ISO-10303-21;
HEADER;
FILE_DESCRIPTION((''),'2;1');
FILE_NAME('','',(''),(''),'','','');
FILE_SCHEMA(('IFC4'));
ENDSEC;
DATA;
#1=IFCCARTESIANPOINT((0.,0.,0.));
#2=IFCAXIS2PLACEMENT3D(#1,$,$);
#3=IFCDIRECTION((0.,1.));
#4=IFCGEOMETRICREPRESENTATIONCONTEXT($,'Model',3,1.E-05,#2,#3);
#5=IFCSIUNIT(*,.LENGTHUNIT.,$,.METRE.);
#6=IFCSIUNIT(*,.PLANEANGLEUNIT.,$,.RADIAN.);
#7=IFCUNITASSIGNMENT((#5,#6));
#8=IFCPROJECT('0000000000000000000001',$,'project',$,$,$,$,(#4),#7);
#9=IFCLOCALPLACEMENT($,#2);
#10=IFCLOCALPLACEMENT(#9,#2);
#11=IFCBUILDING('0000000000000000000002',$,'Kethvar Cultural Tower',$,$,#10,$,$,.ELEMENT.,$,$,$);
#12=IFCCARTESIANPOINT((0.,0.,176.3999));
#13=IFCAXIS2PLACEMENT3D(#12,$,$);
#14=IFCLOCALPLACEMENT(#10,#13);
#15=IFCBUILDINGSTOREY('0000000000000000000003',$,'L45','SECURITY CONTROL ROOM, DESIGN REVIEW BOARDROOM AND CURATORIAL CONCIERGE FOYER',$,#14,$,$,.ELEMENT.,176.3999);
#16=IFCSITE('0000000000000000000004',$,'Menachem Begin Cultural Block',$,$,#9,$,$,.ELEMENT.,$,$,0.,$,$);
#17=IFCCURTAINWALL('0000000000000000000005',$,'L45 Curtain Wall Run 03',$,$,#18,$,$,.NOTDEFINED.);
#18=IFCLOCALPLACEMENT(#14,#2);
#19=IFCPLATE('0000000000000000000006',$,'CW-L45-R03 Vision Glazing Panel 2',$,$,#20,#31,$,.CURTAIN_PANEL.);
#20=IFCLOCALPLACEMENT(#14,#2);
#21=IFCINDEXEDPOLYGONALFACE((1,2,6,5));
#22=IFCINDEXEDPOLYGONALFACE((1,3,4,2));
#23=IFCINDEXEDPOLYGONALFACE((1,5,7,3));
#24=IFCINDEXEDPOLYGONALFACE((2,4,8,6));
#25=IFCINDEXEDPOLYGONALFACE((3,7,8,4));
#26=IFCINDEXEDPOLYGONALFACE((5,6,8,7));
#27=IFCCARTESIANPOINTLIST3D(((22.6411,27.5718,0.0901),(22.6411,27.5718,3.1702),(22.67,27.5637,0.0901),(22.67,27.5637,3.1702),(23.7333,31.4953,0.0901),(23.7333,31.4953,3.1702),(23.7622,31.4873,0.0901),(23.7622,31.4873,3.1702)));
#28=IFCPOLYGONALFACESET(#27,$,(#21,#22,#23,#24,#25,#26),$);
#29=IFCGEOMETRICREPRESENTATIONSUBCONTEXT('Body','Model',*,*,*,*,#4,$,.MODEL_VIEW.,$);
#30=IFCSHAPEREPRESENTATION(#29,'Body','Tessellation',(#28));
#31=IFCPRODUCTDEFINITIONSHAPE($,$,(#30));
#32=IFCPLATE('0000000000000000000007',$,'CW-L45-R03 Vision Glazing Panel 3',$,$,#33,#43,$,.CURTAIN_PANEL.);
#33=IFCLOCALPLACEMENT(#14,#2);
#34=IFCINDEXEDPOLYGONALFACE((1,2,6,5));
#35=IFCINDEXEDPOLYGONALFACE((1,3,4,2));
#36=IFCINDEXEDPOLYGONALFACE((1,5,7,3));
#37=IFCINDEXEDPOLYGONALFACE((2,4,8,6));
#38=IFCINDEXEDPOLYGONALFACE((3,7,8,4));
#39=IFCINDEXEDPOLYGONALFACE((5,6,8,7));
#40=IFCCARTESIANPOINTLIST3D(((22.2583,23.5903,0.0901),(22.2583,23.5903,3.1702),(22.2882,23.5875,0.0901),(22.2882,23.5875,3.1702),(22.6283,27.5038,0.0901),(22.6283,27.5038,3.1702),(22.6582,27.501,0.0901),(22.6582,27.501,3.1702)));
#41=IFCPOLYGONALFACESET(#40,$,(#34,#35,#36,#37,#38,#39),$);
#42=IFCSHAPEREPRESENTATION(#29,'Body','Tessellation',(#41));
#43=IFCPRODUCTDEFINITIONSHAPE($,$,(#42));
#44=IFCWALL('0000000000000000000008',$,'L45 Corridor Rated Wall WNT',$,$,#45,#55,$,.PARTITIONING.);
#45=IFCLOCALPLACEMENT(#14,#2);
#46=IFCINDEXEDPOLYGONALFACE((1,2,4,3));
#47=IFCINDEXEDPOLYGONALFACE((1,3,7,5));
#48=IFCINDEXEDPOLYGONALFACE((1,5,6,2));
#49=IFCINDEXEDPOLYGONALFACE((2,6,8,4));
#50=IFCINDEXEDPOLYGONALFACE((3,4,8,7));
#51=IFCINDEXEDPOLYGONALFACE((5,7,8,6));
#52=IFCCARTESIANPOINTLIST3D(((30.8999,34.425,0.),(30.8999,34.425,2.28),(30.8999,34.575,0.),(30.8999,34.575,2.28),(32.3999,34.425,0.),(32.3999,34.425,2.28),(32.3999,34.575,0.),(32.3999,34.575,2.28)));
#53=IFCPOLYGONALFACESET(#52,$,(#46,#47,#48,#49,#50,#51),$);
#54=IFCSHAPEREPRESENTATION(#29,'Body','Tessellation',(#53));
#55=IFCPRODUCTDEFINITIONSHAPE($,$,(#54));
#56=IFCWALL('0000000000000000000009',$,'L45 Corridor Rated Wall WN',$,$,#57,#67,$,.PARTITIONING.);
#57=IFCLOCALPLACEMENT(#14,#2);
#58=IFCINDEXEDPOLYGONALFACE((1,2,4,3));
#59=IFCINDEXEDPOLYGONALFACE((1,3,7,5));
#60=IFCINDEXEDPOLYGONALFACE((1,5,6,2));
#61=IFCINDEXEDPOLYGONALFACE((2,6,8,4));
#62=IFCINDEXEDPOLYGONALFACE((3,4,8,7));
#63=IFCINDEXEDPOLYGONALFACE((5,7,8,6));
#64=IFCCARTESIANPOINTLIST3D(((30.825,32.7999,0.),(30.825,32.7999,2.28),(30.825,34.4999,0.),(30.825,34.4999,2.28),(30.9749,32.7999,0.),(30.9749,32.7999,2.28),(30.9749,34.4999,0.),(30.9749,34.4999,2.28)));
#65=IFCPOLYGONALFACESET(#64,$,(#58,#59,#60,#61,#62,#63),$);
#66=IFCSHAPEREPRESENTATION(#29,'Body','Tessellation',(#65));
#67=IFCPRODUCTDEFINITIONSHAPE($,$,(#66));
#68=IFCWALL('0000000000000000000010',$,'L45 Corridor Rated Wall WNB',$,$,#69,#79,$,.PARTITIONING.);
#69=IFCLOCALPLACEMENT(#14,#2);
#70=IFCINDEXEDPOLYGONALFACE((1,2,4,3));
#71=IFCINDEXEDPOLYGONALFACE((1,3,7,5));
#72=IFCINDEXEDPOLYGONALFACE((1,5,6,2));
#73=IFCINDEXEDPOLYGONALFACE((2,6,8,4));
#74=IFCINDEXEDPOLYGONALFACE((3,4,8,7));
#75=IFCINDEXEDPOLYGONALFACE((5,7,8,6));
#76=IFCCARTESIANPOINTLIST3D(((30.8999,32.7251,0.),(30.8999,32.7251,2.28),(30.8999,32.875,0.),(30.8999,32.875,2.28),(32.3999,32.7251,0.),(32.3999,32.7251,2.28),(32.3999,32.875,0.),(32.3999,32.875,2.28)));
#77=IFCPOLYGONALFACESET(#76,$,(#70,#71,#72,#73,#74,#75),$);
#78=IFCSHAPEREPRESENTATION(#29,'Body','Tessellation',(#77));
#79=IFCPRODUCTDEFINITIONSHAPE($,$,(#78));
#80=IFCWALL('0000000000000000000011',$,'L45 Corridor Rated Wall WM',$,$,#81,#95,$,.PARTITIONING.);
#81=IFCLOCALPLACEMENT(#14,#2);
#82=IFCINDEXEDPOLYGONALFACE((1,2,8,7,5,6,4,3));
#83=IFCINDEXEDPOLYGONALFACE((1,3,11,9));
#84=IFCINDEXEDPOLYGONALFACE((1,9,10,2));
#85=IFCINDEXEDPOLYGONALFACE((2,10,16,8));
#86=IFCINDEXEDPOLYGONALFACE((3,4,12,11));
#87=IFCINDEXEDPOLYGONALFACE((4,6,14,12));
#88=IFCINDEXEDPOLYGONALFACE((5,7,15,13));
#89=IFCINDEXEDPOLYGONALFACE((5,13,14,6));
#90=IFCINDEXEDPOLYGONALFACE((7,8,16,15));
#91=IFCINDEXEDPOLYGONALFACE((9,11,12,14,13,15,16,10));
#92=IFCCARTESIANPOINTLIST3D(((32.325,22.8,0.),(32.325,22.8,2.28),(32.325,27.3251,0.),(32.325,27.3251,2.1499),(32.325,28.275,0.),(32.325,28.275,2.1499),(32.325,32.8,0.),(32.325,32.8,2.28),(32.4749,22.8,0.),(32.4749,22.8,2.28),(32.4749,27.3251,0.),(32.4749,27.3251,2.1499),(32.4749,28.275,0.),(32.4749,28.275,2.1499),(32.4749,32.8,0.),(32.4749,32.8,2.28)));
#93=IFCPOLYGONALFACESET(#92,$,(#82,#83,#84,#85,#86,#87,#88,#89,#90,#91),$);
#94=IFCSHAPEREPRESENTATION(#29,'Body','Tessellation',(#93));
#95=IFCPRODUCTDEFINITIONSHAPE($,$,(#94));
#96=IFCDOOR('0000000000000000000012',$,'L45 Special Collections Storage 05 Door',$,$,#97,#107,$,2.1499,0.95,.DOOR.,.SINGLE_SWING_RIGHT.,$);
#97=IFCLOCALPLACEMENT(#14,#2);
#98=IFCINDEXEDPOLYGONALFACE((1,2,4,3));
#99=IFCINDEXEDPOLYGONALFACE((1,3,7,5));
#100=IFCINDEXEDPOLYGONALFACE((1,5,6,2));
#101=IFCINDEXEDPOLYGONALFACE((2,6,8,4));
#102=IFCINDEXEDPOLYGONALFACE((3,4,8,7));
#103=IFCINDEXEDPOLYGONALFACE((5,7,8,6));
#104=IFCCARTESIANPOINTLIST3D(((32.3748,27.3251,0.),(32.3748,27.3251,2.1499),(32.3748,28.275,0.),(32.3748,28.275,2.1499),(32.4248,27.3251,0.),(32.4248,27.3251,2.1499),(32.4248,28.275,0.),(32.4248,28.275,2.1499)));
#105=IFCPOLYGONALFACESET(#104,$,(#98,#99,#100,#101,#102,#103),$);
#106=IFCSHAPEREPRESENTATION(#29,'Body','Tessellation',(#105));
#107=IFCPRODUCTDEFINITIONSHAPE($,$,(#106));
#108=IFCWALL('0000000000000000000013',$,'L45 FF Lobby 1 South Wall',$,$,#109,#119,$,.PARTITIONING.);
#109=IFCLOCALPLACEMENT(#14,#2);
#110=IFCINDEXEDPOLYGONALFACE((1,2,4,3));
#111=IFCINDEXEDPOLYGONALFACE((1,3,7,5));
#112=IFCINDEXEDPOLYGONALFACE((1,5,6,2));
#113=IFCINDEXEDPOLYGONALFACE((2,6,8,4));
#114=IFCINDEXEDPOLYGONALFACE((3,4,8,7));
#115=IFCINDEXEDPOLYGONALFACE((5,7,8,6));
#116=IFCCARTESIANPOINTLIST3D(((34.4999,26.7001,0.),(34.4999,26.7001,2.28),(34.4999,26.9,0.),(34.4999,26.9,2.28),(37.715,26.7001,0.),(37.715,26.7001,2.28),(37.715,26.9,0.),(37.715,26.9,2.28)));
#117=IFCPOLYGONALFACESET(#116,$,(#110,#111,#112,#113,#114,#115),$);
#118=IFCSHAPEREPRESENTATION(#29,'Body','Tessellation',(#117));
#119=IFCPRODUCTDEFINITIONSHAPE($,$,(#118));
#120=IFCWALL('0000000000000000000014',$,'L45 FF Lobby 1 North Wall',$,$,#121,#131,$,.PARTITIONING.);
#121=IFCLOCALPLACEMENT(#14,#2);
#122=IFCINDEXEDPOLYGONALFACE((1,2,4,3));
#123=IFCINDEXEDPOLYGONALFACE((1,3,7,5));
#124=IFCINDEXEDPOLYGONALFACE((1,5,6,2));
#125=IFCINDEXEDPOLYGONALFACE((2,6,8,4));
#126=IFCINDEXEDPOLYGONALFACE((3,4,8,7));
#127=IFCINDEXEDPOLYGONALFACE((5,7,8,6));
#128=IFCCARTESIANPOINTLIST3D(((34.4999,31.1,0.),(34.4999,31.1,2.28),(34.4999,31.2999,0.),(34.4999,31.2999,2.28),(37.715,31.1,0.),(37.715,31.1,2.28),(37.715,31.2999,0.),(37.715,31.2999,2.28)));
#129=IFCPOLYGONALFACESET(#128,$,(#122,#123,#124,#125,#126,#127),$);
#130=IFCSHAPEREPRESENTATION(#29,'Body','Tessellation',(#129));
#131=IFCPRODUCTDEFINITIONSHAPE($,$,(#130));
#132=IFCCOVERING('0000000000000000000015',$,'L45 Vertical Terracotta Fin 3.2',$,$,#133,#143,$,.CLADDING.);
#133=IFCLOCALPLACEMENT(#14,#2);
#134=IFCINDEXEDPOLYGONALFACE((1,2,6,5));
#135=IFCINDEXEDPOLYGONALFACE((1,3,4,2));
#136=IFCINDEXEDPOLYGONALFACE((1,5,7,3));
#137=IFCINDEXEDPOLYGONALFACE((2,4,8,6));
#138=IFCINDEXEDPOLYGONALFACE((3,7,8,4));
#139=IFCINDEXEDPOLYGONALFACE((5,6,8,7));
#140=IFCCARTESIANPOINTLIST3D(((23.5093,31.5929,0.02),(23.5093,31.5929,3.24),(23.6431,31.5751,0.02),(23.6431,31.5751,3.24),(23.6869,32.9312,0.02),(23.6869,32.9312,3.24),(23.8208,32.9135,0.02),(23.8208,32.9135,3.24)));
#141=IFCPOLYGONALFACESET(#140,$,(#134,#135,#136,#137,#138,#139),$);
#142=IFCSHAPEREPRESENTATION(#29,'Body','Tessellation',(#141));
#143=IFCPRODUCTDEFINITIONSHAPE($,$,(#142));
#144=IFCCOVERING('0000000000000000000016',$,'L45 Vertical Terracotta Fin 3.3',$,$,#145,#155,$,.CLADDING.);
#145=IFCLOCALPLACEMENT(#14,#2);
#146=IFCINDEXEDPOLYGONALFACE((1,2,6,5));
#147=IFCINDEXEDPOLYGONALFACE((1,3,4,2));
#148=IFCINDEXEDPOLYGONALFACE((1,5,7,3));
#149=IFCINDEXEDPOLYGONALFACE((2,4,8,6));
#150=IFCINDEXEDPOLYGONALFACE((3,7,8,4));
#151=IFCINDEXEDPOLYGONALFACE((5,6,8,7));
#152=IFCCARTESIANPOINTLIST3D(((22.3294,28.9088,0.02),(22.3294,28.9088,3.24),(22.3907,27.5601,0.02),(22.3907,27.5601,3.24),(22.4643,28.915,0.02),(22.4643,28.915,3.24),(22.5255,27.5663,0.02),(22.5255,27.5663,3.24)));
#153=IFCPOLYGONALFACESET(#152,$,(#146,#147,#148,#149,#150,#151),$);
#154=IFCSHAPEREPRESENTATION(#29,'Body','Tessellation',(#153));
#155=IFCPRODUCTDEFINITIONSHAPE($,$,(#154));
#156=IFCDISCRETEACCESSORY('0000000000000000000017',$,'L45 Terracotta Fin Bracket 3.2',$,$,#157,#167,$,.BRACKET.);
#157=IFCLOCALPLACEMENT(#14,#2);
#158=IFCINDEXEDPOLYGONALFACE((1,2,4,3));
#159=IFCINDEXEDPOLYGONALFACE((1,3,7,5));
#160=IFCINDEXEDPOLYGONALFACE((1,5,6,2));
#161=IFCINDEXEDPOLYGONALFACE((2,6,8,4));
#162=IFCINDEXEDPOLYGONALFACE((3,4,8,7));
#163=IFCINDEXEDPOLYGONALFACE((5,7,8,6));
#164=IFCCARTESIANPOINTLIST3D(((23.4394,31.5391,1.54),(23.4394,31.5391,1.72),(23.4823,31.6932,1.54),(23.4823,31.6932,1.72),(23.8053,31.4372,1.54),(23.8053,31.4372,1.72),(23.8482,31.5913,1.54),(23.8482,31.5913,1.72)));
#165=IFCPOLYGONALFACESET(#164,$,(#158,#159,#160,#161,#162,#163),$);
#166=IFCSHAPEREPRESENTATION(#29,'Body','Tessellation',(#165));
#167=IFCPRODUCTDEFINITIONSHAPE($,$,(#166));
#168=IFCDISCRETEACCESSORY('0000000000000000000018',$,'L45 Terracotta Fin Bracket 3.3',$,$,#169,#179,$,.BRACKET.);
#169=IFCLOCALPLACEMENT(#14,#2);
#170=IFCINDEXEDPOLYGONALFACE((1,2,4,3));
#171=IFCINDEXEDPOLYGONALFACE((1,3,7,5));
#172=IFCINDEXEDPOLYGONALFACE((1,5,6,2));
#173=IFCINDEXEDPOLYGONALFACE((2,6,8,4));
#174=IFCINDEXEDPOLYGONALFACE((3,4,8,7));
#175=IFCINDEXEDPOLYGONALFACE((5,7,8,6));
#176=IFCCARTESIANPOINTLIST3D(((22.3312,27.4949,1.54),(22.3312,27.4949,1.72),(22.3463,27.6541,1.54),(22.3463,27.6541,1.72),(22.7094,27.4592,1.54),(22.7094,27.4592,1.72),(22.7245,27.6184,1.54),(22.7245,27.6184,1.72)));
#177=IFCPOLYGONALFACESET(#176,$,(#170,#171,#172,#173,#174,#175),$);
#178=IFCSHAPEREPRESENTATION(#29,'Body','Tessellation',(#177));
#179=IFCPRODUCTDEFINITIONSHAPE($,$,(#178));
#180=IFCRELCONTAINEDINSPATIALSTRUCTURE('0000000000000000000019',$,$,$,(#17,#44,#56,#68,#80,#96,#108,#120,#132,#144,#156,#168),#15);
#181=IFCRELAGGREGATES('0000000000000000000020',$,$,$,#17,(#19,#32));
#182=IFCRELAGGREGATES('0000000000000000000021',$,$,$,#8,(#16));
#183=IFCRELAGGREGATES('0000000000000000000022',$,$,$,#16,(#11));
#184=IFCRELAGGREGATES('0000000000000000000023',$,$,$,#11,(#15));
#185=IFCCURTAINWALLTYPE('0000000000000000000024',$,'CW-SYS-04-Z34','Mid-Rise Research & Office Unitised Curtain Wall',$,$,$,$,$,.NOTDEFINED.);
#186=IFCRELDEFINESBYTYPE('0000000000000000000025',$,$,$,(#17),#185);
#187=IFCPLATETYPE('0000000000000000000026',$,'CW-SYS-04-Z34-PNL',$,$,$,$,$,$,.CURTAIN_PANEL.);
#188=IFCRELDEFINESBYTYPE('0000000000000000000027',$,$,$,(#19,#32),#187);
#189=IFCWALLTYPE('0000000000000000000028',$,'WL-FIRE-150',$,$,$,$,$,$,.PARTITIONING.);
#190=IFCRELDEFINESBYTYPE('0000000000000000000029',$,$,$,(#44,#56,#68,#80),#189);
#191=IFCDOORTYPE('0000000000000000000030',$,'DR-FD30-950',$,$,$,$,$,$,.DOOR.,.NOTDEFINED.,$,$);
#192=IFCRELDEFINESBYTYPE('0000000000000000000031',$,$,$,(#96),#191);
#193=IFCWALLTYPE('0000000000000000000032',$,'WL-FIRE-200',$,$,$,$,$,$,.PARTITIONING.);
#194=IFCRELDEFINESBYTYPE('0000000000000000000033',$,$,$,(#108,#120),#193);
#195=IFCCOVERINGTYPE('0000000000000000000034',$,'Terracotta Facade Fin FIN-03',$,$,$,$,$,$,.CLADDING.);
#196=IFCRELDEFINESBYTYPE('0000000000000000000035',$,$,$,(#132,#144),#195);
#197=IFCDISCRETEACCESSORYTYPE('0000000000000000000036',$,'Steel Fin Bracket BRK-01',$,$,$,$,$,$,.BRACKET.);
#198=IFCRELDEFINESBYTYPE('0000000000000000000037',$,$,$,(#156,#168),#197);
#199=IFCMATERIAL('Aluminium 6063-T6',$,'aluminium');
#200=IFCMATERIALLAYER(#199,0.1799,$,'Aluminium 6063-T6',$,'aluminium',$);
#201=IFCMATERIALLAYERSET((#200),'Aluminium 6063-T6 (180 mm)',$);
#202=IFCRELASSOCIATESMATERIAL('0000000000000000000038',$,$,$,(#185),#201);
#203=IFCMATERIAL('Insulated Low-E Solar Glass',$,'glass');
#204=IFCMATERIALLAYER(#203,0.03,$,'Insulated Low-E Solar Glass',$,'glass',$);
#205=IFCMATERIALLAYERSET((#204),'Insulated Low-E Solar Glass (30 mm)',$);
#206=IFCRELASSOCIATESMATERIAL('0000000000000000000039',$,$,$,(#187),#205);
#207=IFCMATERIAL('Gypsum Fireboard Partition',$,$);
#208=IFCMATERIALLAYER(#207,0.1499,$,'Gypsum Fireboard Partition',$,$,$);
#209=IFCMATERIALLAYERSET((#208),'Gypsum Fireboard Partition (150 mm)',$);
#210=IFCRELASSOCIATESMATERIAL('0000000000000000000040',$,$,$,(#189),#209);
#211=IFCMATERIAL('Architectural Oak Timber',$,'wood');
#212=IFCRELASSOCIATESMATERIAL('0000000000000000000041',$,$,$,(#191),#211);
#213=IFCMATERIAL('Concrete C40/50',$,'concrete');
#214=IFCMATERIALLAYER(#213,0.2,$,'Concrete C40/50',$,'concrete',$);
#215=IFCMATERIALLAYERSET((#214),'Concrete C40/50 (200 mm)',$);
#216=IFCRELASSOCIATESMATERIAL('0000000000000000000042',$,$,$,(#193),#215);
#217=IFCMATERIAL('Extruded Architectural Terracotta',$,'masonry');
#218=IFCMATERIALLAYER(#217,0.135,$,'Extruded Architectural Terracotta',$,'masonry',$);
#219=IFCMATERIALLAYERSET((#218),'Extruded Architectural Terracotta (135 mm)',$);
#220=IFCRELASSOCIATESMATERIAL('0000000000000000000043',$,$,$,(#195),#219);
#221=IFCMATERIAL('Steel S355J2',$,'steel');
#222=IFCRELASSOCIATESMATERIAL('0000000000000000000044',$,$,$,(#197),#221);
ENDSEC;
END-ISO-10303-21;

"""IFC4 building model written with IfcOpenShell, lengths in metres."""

from ifc_helpers import new_model, si_unit, direction, frame, frame_2d, origin, origin_2d, place, context, subcontext, project, spatial, rectangle, extrude, source, transform, mapped, material, layer, layer_set, type_object, element, fill, aggregate, save


model = new_model("IFC4")

# Units and contexts
model_context = context("Model", 3, precision=1e-05, world=origin(), true_north=direction((0.0, 1.0)))
body_context = subcontext(model_context, "Body", "Model", "MODEL_VIEW")
ifc_project = project(units=[si_unit("LENGTHUNIT", "METRE"), si_unit("PLANEANGLEUNIT", "RADIAN")], contexts=[model_context])

# Site, building, storey
site_placement = place(None, origin())
site = spatial("IfcSite", under=ifc_project, at=site_placement, Name="Menachem Begin Cultural Block", CompositionType="ELEMENT", RefElevation=0.0)
building_placement = place(site_placement, origin())
building = spatial("IfcBuilding", under=site, at=building_placement, Name="Kethvar Cultural Tower", CompositionType="ELEMENT")
storey_placement = place(building_placement, frame((0.0, 0.0, 176.3999)))
storey = spatial("IfcBuildingStorey", under=building, at=storey_placement, Name="L45", Description="SECURITY CONTROL ROOM, DESIGN REVIEW BOARDROOM AND CURATORIAL CONCIERGE FOYER", CompositionType="ELEMENT", Elevation=176.3999)

# Shared definitions
ifc_material_1 = material(Name="Steel S355J2", Category="steel")

# Curtain wall, plates
ifc_material_2 = material(Name="Aluminium 6063-T6", Category="aluminium")
ifc_layer_1 = layer(ifc_material_2, 0.1799, Name="Aluminium 6063-T6", Category="aluminium")
ifc_layer_set_1 = layer_set([ifc_layer_1], Name="Aluminium 6063-T6 (180 mm)")
curtain_wall_type = type_object("IfcCurtainWallType", Name="CW-SYS-04-Z34", Description="Mid-Rise Research & Office Unitised Curtain Wall", PredefinedType="NOTDEFINED", material=ifc_layer_set_1)
curtain_wall_placement = place(storey_placement, origin())
curtain_wall = element("IfcCurtainWall", 1, at=curtain_wall_placement, inside=storey, type_object=curtain_wall_type, Name="L45 Curtain Wall Run 03", PredefinedType="NOTDEFINED")
ifc_material_3 = material(Name="Insulated Low-E Solar Glass", Category="glass")
ifc_layer_2 = layer(ifc_material_3, 0.03, Name="Insulated Low-E Solar Glass", Category="glass")
ifc_layer_set_2 = layer_set([ifc_layer_2], Name="Insulated Low-E Solar Glass (30 mm)")
plate_type = type_object("IfcPlateType", Name="CW-SYS-04-Z34-PNL", PredefinedType="CURTAIN_PANEL", material=ifc_layer_set_2)
shared_shape_1 = source(origin(), body_context, "Body", "SweptSolid", [
    extrude(rectangle(XDim=4.0728, YDim=0.03, at=origin_2d()), origin(), (0.0, 0.0, 1.0), 3.0801),
])
plate_1_placement = place(storey_placement, frame((23.2017, 29.5295, 0.0901), z_axis=(0.0, 0.0, 1.0), x_axis=(-0.26818, -0.963369, 0.0)))
plate_1 = element("IfcPlate", 2, at=plate_1_placement, type_object=plate_type, Name="CW-L45-R03 Vision Glazing Panel 2", PredefinedType="CURTAIN_PANEL", context=body_context, shape_type="MappedRepresentation", body=[
    mapped(shared_shape_1, transform((0.0, 0.0, 0.0), scale=1.0)),
])
shared_shape_2 = source(origin(), body_context, "Body", "SweptSolid", [
    extrude(rectangle(XDim=3.9309, YDim=0.03, at=origin_2d()), origin(), (0.0, 0.0, 1.0), 3.0801),
])
plate_2_placement = place(storey_placement, frame((22.4583, 25.5457, 0.0901), z_axis=(0.0, 0.0, 1.0), x_axis=(-0.094143, -0.995559, 0.0)))
plate_2 = element("IfcPlate", 3, at=plate_2_placement, type_object=plate_type, Name="CW-L45-R03 Vision Glazing Panel 3", PredefinedType="CURTAIN_PANEL", context=body_context, shape_type="MappedRepresentation", body=[
    mapped(shared_shape_2, transform((0.0, 0.0, 0.0), scale=1.0)),
])
aggregate(curtain_wall, [plate_1, plate_2])

# Walls
ifc_material_4 = material(Name="Gypsum Fireboard Partition")
ifc_layer_3 = layer(ifc_material_4, 0.1499, Name="Gypsum Fireboard Partition")
ifc_layer_set_3 = layer_set([ifc_layer_3], Name="Gypsum Fireboard Partition (150 mm)")
wall_type_1 = type_object("IfcWallType", Name="WL-FIRE-150", PredefinedType="PARTITIONING", material=ifc_layer_set_3)
wall_1_placement = place(storey_placement, frame((32.3999, 34.5, 0.0), z_axis=(0.0, 0.0, 1.0), x_axis=(-1.0, 0.0, 0.0)))
element("IfcWall", 4, at=wall_1_placement, inside=storey, type_object=wall_type_1, Name="L45 Corridor Rated Wall WNT", PredefinedType="PARTITIONING", context=body_context, shape_type="SweptSolid", body=[
    extrude(rectangle(XDim=1.5, YDim=0.1499, at=frame_2d((0.75, 0.0))), origin(), (0.0, 0.0, 1.0), 2.28),
])
wall_2_placement = place(storey_placement, frame((30.8999, 34.5, 0.0), z_axis=(0.0, 0.0, 1.0), x_axis=(0.0, -1.0, 0.0)))
element("IfcWall", 5, at=wall_2_placement, inside=storey, type_object=wall_type_1, Name="L45 Corridor Rated Wall WN", PredefinedType="PARTITIONING", context=body_context, shape_type="SweptSolid", body=[
    extrude(rectangle(XDim=1.7, YDim=0.1499, at=frame_2d((0.8501, 0.0))), origin(), (0.0, 0.0, 1.0), 2.28),
])
wall_3_placement = place(storey_placement, frame((30.8999, 32.8, 0.0), z_axis=(0.0, 0.0, 1.0), x_axis=(1.0, 0.0, 0.0)))
element("IfcWall", 6, at=wall_3_placement, inside=storey, type_object=wall_type_1, Name="L45 Corridor Rated Wall WNB", PredefinedType="PARTITIONING", context=body_context, shape_type="SweptSolid", body=[
    extrude(rectangle(XDim=1.5, YDim=0.1499, at=frame_2d((0.75, 0.0))), origin(), (0.0, 0.0, 1.0), 2.28),
])

# Wall, opening, door
wall_4_placement = place(storey_placement, frame((32.3999, 32.8, 0.0), z_axis=(0.0, 0.0, 1.0), x_axis=(0.0, -1.0, 0.0)))
wall_4 = element("IfcWall", 7, at=wall_4_placement, inside=storey, type_object=wall_type_1, Name="L45 Corridor Rated Wall WM", PredefinedType="PARTITIONING", context=body_context, shape_type="SweptSolid", body=[
    extrude(rectangle(XDim=10.0, YDim=0.1499, at=frame_2d((5.0, 0.0))), origin(), (0.0, 0.0, 1.0), 2.28),
])
opening_1_placement = place(wall_4_placement, frame((4.5249, 0.0, 0.0)))
opening_1 = element("IfcOpeningElement", 8, at=opening_1_placement, cuts=wall_4, PredefinedType="OPENING", context=body_context, shape_type="SweptSolid", body=[
    extrude(rectangle(XDim=0.95, YDim=2.1499, at=frame_2d((0.4751, 1.075))), frame((0.0, 0.085, 0.0), z_axis=(0.0, -1.0, 0.0), x_axis=(1.0, 0.0, 0.0)), (0.0, 0.0, 1.0), 0.1699),
])
ifc_material_5 = material(Name="Architectural Oak Timber", Category="wood")
door_type_1 = type_object("IfcDoorType", Name="DR-FD30-950", OperationType="NOTDEFINED", PredefinedType="DOOR", material=ifc_material_5)
shared_shape_3 = source(origin(), body_context, "Body", "SweptSolid", [
    extrude(rectangle(XDim=0.95, YDim=2.1499, at=frame_2d((0.4751, 1.075))), frame((0.0, 0.0249, 0.0), z_axis=(0.0, -1.0, 0.0), x_axis=(1.0, 0.0, 0.0)), (0.0, 0.0, 1.0), 0.05),
])
door_1_placement = place(opening_1_placement, origin())
door_1 = element("IfcDoor", 9, at=door_1_placement, inside=storey, type_object=door_type_1, Name="L45 Special Collections Storage 05 Door", OperationType="SINGLE_SWING_RIGHT", OverallHeight=2.1499, OverallWidth=0.95, PredefinedType="DOOR", context=body_context, shape_type="MappedRepresentation", body=[
    mapped(shared_shape_3, transform((0.0, 0.0, 0.0), scale=1.0)),
])
fill(opening_1, door_1)
ifc_material_6 = material(Name="Concrete C40/50", Category="concrete")
ifc_layer_4 = layer(ifc_material_6, 0.2, Name="Concrete C40/50", Category="concrete")
ifc_layer_set_4 = layer_set([ifc_layer_4], Name="Concrete C40/50 (200 mm)")
wall_type_2 = type_object("IfcWallType", Name="WL-FIRE-200", PredefinedType="PARTITIONING", material=ifc_layer_set_4)

# Walls
for number, where, z_axis, x_axis, name in (
    (10, (34.5, 26.8, 0.0), (0.0, 0.0, 1.0), (1.0, 0.0, 0.0), "L45 FF Lobby 1 South Wall"),
    (11, (34.5, 31.2, 0.0), (0.0, 0.0, 1.0), (1.0, 0.0, 0.0), "L45 FF Lobby 1 North Wall"),
):
    element("IfcWall", number, at=place(storey_placement, frame(where, z_axis=z_axis, x_axis=x_axis)), inside=storey, type_object=wall_type_2, Name=name, PredefinedType="PARTITIONING", context=body_context, shape_type="SweptSolid", body=[
        extrude(rectangle(XDim=3.2151, YDim=0.2, at=frame_2d((1.6074, 0.0))), origin(), (0.0, 0.0, 1.0), 2.28),
    ])

# Coverings
ifc_material_7 = material(Name="Extruded Architectural Terracotta", Category="masonry")
ifc_layer_5 = layer(ifc_material_7, 0.135, Name="Extruded Architectural Terracotta", Category="masonry")
ifc_layer_set_5 = layer_set([ifc_layer_5], Name="Extruded Architectural Terracotta (135 mm)")
covering_type = type_object("IfcCoveringType", Name="Terracotta Facade Fin FIN-03", PredefinedType="CLADDING", material=ifc_layer_set_5)
shared_shape_4 = source(origin(), body_context, "Body", "SweptSolid", [
    extrude(rectangle(XDim=1.3501, YDim=0.135, at=origin_2d()), origin(), (0.0, 0.0, 1.0), 3.22),
])
for number, where, z_axis, x_axis, name in (
    (12, (23.665, 32.2532, 0.02), (0.0, 0.0, 1.0), (0.131564, 0.991308, 0.0), "L45 Vertical Terracotta Fin 3.2"),
    (13, (22.4275, 28.2375, 0.02), (0.0, 0.0, 1.0), (-0.045363, 0.998971, 0.0), "L45 Vertical Terracotta Fin 3.3"),
):
    element("IfcCovering", number, at=place(storey_placement, frame(where, z_axis=z_axis, x_axis=x_axis)), inside=storey, type_object=covering_type, Name=name, PredefinedType="CLADDING", context=body_context, shape_type="MappedRepresentation", body=[
        mapped(shared_shape_4, transform((0.0, 0.0, 0.0), scale=1.0)),
    ])

# Discrete accessories
discrete_accessory_type = type_object("IfcDiscreteAccessoryType", Name="Steel Fin Bracket BRK-01", PredefinedType="BRACKET", material=ifc_material_1)
shared_shape_5 = source(origin(), body_context, "Body", "SweptSolid", [
    extrude(rectangle(XDim=0.3799, YDim=0.1599, at=origin_2d()), origin(), (0.0, 0.0, 1.0), 0.1799),
])
for number, where, z_axis, x_axis, name in (
    (14, (23.6438, 31.5652, 1.54), (0.0, 0.0, 1.0), (-0.96335, 0.268247, 0.0), "L45 Terracotta Fin Bracket 3.2"),
    (15, (22.5278, 27.5566, 1.54), (0.0, 0.0, 1.0), (-0.995562, 0.094108, 0.0), "L45 Terracotta Fin Bracket 3.3"),
):
    element("IfcDiscreteAccessory", number, at=place(storey_placement, frame(where, z_axis=z_axis, x_axis=x_axis)), inside=storey, type_object=discrete_accessory_type, Name=name, PredefinedType="BRACKET", context=body_context, shape_type="MappedRepresentation", body=[
        mapped(shared_shape_5, transform((0.0, 0.0, 0.0), scale=1.0)),
    ])

save(model, "model.ifc")
